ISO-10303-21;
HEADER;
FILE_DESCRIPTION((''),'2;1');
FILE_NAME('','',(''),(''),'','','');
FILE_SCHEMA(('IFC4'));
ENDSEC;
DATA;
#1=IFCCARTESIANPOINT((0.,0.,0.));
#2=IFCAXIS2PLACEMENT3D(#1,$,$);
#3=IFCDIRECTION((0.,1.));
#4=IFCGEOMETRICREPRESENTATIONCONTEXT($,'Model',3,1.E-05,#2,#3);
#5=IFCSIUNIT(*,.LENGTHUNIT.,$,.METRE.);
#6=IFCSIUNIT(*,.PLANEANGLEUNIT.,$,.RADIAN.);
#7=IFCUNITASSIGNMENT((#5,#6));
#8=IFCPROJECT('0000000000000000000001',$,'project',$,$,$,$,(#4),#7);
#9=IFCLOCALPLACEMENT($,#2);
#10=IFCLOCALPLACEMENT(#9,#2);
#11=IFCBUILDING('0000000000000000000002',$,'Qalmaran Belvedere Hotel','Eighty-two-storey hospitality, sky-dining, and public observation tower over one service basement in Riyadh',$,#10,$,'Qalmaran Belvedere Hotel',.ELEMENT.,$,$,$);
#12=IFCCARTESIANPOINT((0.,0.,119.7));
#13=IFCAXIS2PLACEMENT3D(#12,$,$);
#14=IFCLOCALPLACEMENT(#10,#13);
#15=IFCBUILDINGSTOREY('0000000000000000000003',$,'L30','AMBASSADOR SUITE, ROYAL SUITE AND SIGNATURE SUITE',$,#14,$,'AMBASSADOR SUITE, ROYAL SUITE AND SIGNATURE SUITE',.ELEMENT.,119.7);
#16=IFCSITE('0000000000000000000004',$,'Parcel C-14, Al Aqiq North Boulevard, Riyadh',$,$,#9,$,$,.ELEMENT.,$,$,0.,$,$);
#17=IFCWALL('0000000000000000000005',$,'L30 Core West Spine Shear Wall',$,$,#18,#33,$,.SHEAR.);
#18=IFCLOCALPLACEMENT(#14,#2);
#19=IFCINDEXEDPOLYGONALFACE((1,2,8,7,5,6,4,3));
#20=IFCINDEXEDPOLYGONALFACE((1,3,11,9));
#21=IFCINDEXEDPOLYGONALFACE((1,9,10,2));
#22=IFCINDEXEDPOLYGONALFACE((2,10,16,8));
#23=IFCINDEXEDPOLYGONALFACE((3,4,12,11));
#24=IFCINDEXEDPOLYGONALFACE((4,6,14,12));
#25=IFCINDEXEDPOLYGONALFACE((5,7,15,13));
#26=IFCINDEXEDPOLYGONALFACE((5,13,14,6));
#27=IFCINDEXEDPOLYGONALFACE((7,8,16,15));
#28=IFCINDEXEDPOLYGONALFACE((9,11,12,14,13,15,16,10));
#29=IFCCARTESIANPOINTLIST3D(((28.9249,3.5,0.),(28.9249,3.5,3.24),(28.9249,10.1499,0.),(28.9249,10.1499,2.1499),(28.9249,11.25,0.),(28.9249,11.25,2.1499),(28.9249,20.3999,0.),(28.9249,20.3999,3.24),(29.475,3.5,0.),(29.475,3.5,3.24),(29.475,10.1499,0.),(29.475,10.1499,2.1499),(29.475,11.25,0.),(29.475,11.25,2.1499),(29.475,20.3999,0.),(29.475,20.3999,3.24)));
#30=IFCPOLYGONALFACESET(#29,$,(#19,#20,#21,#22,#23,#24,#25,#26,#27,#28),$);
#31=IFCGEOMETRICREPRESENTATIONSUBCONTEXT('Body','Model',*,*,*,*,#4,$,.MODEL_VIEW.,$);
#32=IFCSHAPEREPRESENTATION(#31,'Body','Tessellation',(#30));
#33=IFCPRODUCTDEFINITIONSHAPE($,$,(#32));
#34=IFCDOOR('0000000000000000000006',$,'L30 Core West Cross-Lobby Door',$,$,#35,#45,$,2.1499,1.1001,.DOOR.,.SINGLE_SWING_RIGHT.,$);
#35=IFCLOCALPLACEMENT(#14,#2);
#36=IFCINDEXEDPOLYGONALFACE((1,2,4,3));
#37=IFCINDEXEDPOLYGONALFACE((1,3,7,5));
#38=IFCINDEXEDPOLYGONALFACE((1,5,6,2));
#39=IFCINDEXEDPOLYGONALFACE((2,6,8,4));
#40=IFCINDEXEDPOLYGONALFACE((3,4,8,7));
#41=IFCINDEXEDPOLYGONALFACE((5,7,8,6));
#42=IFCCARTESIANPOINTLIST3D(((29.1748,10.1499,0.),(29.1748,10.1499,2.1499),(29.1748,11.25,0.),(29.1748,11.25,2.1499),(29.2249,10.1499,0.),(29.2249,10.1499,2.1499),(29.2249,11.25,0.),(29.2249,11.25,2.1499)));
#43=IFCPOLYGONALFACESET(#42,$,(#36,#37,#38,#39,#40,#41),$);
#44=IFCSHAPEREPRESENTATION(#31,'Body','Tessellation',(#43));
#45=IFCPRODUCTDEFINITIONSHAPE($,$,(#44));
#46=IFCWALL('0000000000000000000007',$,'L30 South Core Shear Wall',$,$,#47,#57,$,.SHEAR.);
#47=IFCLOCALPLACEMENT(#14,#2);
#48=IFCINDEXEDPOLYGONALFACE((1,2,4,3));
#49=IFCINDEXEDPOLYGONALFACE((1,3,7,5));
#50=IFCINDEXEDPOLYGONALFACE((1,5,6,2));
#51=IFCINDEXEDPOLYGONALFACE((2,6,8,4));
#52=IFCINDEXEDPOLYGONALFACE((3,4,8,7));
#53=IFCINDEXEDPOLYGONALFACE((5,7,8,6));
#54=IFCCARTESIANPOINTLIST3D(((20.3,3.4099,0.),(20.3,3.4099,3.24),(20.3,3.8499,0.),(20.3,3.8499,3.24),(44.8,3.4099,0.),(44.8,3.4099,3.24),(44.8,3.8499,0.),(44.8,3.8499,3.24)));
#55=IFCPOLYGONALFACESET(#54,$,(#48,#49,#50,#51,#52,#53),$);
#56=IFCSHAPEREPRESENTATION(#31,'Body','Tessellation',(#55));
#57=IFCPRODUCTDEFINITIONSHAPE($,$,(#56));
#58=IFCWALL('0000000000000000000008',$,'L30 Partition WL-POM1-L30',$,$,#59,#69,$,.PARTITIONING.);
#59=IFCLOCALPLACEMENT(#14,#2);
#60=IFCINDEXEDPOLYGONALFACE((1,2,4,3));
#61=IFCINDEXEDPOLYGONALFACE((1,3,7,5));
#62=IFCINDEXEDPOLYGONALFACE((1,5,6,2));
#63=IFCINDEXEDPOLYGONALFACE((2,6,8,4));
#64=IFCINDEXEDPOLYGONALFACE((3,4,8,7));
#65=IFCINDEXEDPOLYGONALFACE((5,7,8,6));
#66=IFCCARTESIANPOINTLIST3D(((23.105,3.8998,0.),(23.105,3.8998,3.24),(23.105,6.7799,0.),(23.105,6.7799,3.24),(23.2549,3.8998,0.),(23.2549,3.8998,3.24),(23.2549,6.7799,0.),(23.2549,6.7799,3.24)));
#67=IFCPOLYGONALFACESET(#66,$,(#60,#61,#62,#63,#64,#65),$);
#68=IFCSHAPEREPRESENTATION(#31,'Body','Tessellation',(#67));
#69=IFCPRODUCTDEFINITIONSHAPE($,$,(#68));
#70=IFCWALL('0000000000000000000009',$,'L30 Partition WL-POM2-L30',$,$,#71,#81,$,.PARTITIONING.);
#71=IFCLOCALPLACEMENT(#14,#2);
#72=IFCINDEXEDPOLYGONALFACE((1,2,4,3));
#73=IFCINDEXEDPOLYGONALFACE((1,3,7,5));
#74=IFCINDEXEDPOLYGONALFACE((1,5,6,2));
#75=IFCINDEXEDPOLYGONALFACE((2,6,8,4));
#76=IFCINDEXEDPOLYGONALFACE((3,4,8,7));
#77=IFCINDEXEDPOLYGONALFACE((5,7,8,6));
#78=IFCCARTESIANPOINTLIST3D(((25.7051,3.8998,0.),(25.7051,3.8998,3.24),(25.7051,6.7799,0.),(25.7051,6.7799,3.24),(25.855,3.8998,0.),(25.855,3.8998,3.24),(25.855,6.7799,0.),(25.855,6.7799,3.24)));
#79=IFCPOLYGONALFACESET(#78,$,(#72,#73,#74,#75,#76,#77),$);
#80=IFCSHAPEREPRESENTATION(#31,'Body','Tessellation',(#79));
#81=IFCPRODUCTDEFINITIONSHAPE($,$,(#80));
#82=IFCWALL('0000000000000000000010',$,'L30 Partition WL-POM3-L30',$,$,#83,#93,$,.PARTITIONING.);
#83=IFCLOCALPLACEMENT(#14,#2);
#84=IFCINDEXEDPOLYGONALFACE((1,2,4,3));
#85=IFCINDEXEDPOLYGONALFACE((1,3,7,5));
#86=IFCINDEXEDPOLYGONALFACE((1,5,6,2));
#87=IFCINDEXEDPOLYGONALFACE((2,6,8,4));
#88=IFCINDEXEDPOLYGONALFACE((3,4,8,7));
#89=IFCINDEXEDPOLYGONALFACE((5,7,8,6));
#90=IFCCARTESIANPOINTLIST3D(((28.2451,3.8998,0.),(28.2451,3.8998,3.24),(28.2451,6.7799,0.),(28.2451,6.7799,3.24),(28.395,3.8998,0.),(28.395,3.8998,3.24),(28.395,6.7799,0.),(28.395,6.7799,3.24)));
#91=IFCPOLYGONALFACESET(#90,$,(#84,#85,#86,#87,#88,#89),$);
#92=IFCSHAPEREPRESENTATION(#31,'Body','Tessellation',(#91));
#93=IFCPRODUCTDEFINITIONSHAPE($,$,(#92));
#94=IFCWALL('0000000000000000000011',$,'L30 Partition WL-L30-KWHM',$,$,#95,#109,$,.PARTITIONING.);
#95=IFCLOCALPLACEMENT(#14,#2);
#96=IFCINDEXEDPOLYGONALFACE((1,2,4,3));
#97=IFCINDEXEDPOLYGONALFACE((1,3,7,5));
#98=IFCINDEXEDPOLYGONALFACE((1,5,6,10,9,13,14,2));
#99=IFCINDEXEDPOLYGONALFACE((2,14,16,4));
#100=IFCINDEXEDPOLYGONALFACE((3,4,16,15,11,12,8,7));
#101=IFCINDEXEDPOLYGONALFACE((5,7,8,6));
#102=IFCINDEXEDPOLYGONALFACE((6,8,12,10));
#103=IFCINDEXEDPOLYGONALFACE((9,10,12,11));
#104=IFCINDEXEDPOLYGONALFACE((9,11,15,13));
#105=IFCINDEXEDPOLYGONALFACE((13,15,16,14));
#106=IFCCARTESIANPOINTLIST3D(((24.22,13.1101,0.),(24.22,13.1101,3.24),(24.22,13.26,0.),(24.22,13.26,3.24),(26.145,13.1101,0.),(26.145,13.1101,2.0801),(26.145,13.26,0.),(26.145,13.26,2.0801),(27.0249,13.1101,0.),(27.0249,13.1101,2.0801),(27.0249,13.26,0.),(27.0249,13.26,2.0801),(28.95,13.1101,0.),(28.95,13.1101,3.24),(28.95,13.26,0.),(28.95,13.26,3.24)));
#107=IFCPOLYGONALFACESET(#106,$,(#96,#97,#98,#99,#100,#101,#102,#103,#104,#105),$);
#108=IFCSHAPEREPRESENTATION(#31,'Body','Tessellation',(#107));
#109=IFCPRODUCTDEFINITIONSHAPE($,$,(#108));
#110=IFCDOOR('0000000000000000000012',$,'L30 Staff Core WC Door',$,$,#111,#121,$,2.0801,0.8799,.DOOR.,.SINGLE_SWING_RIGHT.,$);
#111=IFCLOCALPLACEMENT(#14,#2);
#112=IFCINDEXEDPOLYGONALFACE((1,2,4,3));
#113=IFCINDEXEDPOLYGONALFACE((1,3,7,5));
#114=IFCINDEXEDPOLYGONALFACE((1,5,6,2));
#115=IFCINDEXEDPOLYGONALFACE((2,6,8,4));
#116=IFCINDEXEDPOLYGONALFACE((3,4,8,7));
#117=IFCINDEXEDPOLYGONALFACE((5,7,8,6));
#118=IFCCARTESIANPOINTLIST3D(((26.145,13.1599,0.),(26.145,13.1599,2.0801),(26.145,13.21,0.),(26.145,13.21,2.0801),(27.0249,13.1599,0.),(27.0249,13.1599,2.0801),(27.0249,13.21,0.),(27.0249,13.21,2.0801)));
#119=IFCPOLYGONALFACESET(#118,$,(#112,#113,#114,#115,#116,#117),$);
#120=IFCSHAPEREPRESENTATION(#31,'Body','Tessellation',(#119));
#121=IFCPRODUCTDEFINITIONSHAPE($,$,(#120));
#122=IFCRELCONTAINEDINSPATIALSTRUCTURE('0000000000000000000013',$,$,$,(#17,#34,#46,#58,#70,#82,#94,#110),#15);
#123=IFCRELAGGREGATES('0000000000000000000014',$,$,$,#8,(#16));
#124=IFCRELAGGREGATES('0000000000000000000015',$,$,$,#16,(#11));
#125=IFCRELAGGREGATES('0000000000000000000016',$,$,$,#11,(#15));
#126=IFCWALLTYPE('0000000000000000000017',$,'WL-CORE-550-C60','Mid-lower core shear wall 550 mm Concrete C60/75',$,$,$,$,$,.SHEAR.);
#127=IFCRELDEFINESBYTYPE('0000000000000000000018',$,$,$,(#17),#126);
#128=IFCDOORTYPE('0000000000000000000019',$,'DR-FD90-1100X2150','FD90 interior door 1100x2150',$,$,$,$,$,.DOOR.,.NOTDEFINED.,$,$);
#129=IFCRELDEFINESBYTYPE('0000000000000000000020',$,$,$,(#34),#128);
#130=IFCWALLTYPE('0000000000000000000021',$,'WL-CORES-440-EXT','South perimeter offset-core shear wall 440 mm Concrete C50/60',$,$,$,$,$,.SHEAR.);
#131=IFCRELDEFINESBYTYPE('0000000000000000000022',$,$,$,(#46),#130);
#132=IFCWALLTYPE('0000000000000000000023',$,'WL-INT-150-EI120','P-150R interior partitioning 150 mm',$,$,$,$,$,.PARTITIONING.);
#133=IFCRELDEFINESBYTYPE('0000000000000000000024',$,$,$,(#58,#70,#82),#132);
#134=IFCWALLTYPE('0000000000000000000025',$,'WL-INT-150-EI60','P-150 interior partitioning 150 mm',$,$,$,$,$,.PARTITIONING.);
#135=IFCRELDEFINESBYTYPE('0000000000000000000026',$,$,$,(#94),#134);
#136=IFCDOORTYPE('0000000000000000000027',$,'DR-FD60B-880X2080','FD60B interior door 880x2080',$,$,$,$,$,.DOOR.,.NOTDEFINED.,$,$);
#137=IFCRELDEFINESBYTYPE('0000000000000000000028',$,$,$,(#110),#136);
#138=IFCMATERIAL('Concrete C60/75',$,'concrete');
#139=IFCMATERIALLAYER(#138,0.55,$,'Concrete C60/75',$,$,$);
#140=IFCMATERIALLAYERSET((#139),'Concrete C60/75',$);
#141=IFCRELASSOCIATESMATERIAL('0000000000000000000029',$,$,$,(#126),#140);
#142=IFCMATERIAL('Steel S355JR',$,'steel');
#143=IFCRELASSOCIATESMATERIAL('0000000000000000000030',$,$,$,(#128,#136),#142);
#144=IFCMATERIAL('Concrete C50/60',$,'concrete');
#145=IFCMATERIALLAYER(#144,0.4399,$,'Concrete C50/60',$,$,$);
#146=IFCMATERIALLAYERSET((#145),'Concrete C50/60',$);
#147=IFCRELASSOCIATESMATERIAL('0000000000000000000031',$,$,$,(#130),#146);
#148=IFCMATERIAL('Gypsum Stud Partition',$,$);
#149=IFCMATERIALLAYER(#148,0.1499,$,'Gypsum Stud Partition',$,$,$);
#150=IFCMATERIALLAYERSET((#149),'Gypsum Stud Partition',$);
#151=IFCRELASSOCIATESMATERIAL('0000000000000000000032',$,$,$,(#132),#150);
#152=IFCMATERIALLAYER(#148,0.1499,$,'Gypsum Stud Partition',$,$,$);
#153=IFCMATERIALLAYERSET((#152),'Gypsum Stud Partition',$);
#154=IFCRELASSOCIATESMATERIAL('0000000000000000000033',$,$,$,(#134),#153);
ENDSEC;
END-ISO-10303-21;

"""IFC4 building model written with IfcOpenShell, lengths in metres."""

from ifc_helpers import new_model, si_unit, direction, frame, frame_2d, origin, place, context, subcontext, project, spatial, rectangle, extrude, material, layer, layer_set, type_object, element, fill, save


model = new_model("IFC4")

# Units and contexts
model_context = context("Model", 3, precision=1e-05, world=origin(), true_north=direction((0.0, 1.0)))
body_context = subcontext(model_context, "Body", "Model", "MODEL_VIEW")
ifc_project = project(units=[si_unit("LENGTHUNIT", "METRE"), si_unit("PLANEANGLEUNIT", "RADIAN")], contexts=[model_context])

# Site, building, storey
site_placement = place(None, origin())
site = spatial("IfcSite", under=ifc_project, at=site_placement, Name="Parcel C-14, Al Aqiq North Boulevard, Riyadh", CompositionType="ELEMENT", RefElevation=0.0)
building_placement = place(site_placement, origin())
building = spatial("IfcBuilding", under=site, at=building_placement, Name="Qalmaran Belvedere Hotel", Description="Eighty-two-storey hospitality, sky-dining, and public observation tower over one service basement in Riyadh", LongName="Qalmaran Belvedere Hotel", CompositionType="ELEMENT")
storey_placement = place(building_placement, frame((0.0, 0.0, 119.7)))
storey = spatial("IfcBuildingStorey", under=building, at=storey_placement, Name="L30", Description="AMBASSADOR SUITE, ROYAL SUITE AND SIGNATURE SUITE", LongName="AMBASSADOR SUITE, ROYAL SUITE AND SIGNATURE SUITE", CompositionType="ELEMENT", Elevation=119.7)

# Shared definitions
ifc_material_1 = material(Name="Concrete C60/75", Category="concrete")

# Shared definitions
ifc_material_2 = material(Name="Steel S355JR", Category="steel")

# Shared definitions
ifc_layer_1 = layer(ifc_material_1, 0.55, Name="Concrete C60/75")
ifc_layer_set_1 = layer_set([ifc_layer_1], Name="Concrete C60/75")
wall_type_1 = type_object("IfcWallType", Name="WL-CORE-550-C60", Description="Mid-lower core shear wall 550 mm Concrete C60/75", PredefinedType="SHEAR", material=ifc_layer_set_1)

# Wall, opening, door
wall_1_placement = place(storey_placement, frame((29.2, 3.5, 0.0), z_axis=(0.0, 0.0, 1.0), x_axis=(0.0, 1.0, 0.0)))
wall_1 = element("IfcWall", 1, at=wall_1_placement, inside=storey, type_object=wall_type_1, Name="L30 Core West Spine Shear Wall", PredefinedType="SHEAR", context=body_context, shape_type="SweptSolid", body=[
    extrude(rectangle(XDim=16.8999, YDim=0.55, at=frame_2d((8.45, 0.0))), origin(), (0.0, 0.0, 1.0), 3.24),
])
opening_1_placement = place(wall_1_placement, frame((7.75, 0.0, 0.0), z_axis=(0.0, 0.0, 1.0), x_axis=(-1.0, 0.0, 0.0)))
opening_1 = element("IfcOpeningElement", 2, at=opening_1_placement, cuts=wall_1, PredefinedType="OPENING", context=body_context, shape_type="SweptSolid", body=[
    extrude(rectangle(XDim=1.1001, YDim=2.1499, at=frame_2d((0.55, 1.075))), frame((0.0, 0.2852, 0.0), z_axis=(0.0, -1.0, 0.0), x_axis=(1.0, 0.0, 0.0)), (0.0, 0.0, 1.0), 0.5701),
])
door_type_1 = type_object("IfcDoorType", Name="DR-FD90-1100X2150", Description="FD90 interior door 1100x2150", OperationType="NOTDEFINED", PredefinedType="DOOR", material=ifc_material_2)
door_1_placement = place(opening_1_placement, origin())
door_1 = element("IfcDoor", 3, at=door_1_placement, inside=storey, type_object=door_type_1, Name="L30 Core West Cross-Lobby Door", OperationType="SINGLE_SWING_RIGHT", OverallHeight=2.1499, OverallWidth=1.1001, PredefinedType="DOOR", context=body_context, shape_type="SweptSolid", body=[
    extrude(rectangle(XDim=1.1001, YDim=2.1499, at=frame_2d((0.55, 1.075))), frame((0.0, 0.0249, 0.0), z_axis=(0.0, -1.0, 0.0), x_axis=(1.0, 0.0, 0.0)), (0.0, 0.0, 1.0), 0.05),
])
fill(opening_1, door_1)

# Walls
ifc_material_3 = material(Name="Concrete C50/60", Category="concrete")
ifc_layer_2 = layer(ifc_material_3, 0.4399, Name="Concrete C50/60")
ifc_layer_set_2 = layer_set([ifc_layer_2], Name="Concrete C50/60")
wall_type_2 = type_object("IfcWallType", Name="WL-CORES-440-EXT", Description="South perimeter offset-core shear wall 440 mm Concrete C50/60", PredefinedType="SHEAR", material=ifc_layer_set_2)
wall_2_placement = place(storey_placement, frame((20.3, 3.6299, 0.0), z_axis=(0.0, 0.0, 1.0), x_axis=(1.0, 0.0, 0.0)))
element("IfcWall", 4, at=wall_2_placement, inside=storey, type_object=wall_type_2, Name="L30 South Core Shear Wall", PredefinedType="SHEAR", context=body_context, shape_type="SweptSolid", body=[
    extrude(rectangle(XDim=24.5, YDim=0.4399, at=frame_2d((12.25, 0.0))), origin(), (0.0, 0.0, 1.0), 3.24),
])
ifc_material_4 = material(Name="Gypsum Stud Partition")
ifc_layer_3 = layer(ifc_material_4, 0.1499, Name="Gypsum Stud Partition")
ifc_layer_set_3 = layer_set([ifc_layer_3], Name="Gypsum Stud Partition")
wall_type_3 = type_object("IfcWallType", Name="WL-INT-150-EI120", Description="P-150R interior partitioning 150 mm", PredefinedType="PARTITIONING", material=ifc_layer_set_3)
for number, where, z_axis, x_axis, name in (
    (5, (23.1799, 3.8999, 0.0), (0.0, 0.0, 1.0), (0.0, 1.0, 0.0), "L30 Partition WL-POM1-L30"),
    (6, (25.78, 3.8999, 0.0), (0.0, 0.0, 1.0), (0.0, 1.0, 0.0), "L30 Partition WL-POM2-L30"),
    (7, (28.3201, 3.8999, 0.0), (0.0, 0.0, 1.0), (0.0, 1.0, 0.0), "L30 Partition WL-POM3-L30"),
):
    element("IfcWall", number, at=place(storey_placement, frame(where, z_axis=z_axis, x_axis=x_axis)), inside=storey, type_object=wall_type_3, Name=name, PredefinedType="PARTITIONING", context=body_context, shape_type="SweptSolid", body=[
        extrude(rectangle(XDim=2.8801, YDim=0.1499, at=frame_2d((1.4399, 0.0))), origin(), (0.0, 0.0, 1.0), 3.24),
    ])

# Wall, opening, door
ifc_layer_4 = layer(ifc_material_4, 0.1499, Name="Gypsum Stud Partition")
ifc_layer_set_4 = layer_set([ifc_layer_4], Name="Gypsum Stud Partition")
wall_type_4 = type_object("IfcWallType", Name="WL-INT-150-EI60", Description="P-150 interior partitioning 150 mm", PredefinedType="PARTITIONING", material=ifc_layer_set_4)
wall_3_placement = place(storey_placement, frame((24.22, 13.1851, 0.0), z_axis=(0.0, 0.0, 1.0), x_axis=(1.0, 0.0, 0.0)))
wall_3 = element("IfcWall", 8, at=wall_3_placement, inside=storey, type_object=wall_type_4, Name="L30 Partition WL-L30-KWHM", PredefinedType="PARTITIONING", context=body_context, shape_type="SweptSolid", body=[
    extrude(rectangle(XDim=4.73, YDim=0.1499, at=frame_2d((2.365, 0.0))), origin(), (0.0, 0.0, 1.0), 3.24),
])
opening_2_placement = place(wall_3_placement, frame((1.925, 0.0, 0.0)))
opening_2 = element("IfcOpeningElement", 9, at=opening_2_placement, cuts=wall_3, PredefinedType="OPENING", context=body_context, shape_type="SweptSolid", body=[
    extrude(rectangle(XDim=0.8799, YDim=2.0801, at=frame_2d((0.4399, 1.04))), frame((0.0, 0.085, 0.0), z_axis=(0.0, -1.0, 0.0), x_axis=(1.0, 0.0, 0.0)), (0.0, 0.0, 1.0), 0.1699),
])
door_type_2 = type_object("IfcDoorType", Name="DR-FD60B-880X2080", Description="FD60B interior door 880x2080", OperationType="NOTDEFINED", PredefinedType="DOOR", material=ifc_material_2)
door_2_placement = place(opening_2_placement, origin())
door_2 = element("IfcDoor", 10, at=door_2_placement, inside=storey, type_object=door_type_2, Name="L30 Staff Core WC Door", OperationType="SINGLE_SWING_RIGHT", OverallHeight=2.0801, OverallWidth=0.8799, PredefinedType="DOOR", context=body_context, shape_type="SweptSolid", body=[
    extrude(rectangle(XDim=0.8799, YDim=2.0801, at=frame_2d((0.4399, 1.04))), frame((0.0, 0.0249, 0.0), z_axis=(0.0, -1.0, 0.0), x_axis=(1.0, 0.0, 0.0)), (0.0, 0.0, 1.0), 0.05),
])
fill(opening_2, door_2)

save(model, "model.ifc")
